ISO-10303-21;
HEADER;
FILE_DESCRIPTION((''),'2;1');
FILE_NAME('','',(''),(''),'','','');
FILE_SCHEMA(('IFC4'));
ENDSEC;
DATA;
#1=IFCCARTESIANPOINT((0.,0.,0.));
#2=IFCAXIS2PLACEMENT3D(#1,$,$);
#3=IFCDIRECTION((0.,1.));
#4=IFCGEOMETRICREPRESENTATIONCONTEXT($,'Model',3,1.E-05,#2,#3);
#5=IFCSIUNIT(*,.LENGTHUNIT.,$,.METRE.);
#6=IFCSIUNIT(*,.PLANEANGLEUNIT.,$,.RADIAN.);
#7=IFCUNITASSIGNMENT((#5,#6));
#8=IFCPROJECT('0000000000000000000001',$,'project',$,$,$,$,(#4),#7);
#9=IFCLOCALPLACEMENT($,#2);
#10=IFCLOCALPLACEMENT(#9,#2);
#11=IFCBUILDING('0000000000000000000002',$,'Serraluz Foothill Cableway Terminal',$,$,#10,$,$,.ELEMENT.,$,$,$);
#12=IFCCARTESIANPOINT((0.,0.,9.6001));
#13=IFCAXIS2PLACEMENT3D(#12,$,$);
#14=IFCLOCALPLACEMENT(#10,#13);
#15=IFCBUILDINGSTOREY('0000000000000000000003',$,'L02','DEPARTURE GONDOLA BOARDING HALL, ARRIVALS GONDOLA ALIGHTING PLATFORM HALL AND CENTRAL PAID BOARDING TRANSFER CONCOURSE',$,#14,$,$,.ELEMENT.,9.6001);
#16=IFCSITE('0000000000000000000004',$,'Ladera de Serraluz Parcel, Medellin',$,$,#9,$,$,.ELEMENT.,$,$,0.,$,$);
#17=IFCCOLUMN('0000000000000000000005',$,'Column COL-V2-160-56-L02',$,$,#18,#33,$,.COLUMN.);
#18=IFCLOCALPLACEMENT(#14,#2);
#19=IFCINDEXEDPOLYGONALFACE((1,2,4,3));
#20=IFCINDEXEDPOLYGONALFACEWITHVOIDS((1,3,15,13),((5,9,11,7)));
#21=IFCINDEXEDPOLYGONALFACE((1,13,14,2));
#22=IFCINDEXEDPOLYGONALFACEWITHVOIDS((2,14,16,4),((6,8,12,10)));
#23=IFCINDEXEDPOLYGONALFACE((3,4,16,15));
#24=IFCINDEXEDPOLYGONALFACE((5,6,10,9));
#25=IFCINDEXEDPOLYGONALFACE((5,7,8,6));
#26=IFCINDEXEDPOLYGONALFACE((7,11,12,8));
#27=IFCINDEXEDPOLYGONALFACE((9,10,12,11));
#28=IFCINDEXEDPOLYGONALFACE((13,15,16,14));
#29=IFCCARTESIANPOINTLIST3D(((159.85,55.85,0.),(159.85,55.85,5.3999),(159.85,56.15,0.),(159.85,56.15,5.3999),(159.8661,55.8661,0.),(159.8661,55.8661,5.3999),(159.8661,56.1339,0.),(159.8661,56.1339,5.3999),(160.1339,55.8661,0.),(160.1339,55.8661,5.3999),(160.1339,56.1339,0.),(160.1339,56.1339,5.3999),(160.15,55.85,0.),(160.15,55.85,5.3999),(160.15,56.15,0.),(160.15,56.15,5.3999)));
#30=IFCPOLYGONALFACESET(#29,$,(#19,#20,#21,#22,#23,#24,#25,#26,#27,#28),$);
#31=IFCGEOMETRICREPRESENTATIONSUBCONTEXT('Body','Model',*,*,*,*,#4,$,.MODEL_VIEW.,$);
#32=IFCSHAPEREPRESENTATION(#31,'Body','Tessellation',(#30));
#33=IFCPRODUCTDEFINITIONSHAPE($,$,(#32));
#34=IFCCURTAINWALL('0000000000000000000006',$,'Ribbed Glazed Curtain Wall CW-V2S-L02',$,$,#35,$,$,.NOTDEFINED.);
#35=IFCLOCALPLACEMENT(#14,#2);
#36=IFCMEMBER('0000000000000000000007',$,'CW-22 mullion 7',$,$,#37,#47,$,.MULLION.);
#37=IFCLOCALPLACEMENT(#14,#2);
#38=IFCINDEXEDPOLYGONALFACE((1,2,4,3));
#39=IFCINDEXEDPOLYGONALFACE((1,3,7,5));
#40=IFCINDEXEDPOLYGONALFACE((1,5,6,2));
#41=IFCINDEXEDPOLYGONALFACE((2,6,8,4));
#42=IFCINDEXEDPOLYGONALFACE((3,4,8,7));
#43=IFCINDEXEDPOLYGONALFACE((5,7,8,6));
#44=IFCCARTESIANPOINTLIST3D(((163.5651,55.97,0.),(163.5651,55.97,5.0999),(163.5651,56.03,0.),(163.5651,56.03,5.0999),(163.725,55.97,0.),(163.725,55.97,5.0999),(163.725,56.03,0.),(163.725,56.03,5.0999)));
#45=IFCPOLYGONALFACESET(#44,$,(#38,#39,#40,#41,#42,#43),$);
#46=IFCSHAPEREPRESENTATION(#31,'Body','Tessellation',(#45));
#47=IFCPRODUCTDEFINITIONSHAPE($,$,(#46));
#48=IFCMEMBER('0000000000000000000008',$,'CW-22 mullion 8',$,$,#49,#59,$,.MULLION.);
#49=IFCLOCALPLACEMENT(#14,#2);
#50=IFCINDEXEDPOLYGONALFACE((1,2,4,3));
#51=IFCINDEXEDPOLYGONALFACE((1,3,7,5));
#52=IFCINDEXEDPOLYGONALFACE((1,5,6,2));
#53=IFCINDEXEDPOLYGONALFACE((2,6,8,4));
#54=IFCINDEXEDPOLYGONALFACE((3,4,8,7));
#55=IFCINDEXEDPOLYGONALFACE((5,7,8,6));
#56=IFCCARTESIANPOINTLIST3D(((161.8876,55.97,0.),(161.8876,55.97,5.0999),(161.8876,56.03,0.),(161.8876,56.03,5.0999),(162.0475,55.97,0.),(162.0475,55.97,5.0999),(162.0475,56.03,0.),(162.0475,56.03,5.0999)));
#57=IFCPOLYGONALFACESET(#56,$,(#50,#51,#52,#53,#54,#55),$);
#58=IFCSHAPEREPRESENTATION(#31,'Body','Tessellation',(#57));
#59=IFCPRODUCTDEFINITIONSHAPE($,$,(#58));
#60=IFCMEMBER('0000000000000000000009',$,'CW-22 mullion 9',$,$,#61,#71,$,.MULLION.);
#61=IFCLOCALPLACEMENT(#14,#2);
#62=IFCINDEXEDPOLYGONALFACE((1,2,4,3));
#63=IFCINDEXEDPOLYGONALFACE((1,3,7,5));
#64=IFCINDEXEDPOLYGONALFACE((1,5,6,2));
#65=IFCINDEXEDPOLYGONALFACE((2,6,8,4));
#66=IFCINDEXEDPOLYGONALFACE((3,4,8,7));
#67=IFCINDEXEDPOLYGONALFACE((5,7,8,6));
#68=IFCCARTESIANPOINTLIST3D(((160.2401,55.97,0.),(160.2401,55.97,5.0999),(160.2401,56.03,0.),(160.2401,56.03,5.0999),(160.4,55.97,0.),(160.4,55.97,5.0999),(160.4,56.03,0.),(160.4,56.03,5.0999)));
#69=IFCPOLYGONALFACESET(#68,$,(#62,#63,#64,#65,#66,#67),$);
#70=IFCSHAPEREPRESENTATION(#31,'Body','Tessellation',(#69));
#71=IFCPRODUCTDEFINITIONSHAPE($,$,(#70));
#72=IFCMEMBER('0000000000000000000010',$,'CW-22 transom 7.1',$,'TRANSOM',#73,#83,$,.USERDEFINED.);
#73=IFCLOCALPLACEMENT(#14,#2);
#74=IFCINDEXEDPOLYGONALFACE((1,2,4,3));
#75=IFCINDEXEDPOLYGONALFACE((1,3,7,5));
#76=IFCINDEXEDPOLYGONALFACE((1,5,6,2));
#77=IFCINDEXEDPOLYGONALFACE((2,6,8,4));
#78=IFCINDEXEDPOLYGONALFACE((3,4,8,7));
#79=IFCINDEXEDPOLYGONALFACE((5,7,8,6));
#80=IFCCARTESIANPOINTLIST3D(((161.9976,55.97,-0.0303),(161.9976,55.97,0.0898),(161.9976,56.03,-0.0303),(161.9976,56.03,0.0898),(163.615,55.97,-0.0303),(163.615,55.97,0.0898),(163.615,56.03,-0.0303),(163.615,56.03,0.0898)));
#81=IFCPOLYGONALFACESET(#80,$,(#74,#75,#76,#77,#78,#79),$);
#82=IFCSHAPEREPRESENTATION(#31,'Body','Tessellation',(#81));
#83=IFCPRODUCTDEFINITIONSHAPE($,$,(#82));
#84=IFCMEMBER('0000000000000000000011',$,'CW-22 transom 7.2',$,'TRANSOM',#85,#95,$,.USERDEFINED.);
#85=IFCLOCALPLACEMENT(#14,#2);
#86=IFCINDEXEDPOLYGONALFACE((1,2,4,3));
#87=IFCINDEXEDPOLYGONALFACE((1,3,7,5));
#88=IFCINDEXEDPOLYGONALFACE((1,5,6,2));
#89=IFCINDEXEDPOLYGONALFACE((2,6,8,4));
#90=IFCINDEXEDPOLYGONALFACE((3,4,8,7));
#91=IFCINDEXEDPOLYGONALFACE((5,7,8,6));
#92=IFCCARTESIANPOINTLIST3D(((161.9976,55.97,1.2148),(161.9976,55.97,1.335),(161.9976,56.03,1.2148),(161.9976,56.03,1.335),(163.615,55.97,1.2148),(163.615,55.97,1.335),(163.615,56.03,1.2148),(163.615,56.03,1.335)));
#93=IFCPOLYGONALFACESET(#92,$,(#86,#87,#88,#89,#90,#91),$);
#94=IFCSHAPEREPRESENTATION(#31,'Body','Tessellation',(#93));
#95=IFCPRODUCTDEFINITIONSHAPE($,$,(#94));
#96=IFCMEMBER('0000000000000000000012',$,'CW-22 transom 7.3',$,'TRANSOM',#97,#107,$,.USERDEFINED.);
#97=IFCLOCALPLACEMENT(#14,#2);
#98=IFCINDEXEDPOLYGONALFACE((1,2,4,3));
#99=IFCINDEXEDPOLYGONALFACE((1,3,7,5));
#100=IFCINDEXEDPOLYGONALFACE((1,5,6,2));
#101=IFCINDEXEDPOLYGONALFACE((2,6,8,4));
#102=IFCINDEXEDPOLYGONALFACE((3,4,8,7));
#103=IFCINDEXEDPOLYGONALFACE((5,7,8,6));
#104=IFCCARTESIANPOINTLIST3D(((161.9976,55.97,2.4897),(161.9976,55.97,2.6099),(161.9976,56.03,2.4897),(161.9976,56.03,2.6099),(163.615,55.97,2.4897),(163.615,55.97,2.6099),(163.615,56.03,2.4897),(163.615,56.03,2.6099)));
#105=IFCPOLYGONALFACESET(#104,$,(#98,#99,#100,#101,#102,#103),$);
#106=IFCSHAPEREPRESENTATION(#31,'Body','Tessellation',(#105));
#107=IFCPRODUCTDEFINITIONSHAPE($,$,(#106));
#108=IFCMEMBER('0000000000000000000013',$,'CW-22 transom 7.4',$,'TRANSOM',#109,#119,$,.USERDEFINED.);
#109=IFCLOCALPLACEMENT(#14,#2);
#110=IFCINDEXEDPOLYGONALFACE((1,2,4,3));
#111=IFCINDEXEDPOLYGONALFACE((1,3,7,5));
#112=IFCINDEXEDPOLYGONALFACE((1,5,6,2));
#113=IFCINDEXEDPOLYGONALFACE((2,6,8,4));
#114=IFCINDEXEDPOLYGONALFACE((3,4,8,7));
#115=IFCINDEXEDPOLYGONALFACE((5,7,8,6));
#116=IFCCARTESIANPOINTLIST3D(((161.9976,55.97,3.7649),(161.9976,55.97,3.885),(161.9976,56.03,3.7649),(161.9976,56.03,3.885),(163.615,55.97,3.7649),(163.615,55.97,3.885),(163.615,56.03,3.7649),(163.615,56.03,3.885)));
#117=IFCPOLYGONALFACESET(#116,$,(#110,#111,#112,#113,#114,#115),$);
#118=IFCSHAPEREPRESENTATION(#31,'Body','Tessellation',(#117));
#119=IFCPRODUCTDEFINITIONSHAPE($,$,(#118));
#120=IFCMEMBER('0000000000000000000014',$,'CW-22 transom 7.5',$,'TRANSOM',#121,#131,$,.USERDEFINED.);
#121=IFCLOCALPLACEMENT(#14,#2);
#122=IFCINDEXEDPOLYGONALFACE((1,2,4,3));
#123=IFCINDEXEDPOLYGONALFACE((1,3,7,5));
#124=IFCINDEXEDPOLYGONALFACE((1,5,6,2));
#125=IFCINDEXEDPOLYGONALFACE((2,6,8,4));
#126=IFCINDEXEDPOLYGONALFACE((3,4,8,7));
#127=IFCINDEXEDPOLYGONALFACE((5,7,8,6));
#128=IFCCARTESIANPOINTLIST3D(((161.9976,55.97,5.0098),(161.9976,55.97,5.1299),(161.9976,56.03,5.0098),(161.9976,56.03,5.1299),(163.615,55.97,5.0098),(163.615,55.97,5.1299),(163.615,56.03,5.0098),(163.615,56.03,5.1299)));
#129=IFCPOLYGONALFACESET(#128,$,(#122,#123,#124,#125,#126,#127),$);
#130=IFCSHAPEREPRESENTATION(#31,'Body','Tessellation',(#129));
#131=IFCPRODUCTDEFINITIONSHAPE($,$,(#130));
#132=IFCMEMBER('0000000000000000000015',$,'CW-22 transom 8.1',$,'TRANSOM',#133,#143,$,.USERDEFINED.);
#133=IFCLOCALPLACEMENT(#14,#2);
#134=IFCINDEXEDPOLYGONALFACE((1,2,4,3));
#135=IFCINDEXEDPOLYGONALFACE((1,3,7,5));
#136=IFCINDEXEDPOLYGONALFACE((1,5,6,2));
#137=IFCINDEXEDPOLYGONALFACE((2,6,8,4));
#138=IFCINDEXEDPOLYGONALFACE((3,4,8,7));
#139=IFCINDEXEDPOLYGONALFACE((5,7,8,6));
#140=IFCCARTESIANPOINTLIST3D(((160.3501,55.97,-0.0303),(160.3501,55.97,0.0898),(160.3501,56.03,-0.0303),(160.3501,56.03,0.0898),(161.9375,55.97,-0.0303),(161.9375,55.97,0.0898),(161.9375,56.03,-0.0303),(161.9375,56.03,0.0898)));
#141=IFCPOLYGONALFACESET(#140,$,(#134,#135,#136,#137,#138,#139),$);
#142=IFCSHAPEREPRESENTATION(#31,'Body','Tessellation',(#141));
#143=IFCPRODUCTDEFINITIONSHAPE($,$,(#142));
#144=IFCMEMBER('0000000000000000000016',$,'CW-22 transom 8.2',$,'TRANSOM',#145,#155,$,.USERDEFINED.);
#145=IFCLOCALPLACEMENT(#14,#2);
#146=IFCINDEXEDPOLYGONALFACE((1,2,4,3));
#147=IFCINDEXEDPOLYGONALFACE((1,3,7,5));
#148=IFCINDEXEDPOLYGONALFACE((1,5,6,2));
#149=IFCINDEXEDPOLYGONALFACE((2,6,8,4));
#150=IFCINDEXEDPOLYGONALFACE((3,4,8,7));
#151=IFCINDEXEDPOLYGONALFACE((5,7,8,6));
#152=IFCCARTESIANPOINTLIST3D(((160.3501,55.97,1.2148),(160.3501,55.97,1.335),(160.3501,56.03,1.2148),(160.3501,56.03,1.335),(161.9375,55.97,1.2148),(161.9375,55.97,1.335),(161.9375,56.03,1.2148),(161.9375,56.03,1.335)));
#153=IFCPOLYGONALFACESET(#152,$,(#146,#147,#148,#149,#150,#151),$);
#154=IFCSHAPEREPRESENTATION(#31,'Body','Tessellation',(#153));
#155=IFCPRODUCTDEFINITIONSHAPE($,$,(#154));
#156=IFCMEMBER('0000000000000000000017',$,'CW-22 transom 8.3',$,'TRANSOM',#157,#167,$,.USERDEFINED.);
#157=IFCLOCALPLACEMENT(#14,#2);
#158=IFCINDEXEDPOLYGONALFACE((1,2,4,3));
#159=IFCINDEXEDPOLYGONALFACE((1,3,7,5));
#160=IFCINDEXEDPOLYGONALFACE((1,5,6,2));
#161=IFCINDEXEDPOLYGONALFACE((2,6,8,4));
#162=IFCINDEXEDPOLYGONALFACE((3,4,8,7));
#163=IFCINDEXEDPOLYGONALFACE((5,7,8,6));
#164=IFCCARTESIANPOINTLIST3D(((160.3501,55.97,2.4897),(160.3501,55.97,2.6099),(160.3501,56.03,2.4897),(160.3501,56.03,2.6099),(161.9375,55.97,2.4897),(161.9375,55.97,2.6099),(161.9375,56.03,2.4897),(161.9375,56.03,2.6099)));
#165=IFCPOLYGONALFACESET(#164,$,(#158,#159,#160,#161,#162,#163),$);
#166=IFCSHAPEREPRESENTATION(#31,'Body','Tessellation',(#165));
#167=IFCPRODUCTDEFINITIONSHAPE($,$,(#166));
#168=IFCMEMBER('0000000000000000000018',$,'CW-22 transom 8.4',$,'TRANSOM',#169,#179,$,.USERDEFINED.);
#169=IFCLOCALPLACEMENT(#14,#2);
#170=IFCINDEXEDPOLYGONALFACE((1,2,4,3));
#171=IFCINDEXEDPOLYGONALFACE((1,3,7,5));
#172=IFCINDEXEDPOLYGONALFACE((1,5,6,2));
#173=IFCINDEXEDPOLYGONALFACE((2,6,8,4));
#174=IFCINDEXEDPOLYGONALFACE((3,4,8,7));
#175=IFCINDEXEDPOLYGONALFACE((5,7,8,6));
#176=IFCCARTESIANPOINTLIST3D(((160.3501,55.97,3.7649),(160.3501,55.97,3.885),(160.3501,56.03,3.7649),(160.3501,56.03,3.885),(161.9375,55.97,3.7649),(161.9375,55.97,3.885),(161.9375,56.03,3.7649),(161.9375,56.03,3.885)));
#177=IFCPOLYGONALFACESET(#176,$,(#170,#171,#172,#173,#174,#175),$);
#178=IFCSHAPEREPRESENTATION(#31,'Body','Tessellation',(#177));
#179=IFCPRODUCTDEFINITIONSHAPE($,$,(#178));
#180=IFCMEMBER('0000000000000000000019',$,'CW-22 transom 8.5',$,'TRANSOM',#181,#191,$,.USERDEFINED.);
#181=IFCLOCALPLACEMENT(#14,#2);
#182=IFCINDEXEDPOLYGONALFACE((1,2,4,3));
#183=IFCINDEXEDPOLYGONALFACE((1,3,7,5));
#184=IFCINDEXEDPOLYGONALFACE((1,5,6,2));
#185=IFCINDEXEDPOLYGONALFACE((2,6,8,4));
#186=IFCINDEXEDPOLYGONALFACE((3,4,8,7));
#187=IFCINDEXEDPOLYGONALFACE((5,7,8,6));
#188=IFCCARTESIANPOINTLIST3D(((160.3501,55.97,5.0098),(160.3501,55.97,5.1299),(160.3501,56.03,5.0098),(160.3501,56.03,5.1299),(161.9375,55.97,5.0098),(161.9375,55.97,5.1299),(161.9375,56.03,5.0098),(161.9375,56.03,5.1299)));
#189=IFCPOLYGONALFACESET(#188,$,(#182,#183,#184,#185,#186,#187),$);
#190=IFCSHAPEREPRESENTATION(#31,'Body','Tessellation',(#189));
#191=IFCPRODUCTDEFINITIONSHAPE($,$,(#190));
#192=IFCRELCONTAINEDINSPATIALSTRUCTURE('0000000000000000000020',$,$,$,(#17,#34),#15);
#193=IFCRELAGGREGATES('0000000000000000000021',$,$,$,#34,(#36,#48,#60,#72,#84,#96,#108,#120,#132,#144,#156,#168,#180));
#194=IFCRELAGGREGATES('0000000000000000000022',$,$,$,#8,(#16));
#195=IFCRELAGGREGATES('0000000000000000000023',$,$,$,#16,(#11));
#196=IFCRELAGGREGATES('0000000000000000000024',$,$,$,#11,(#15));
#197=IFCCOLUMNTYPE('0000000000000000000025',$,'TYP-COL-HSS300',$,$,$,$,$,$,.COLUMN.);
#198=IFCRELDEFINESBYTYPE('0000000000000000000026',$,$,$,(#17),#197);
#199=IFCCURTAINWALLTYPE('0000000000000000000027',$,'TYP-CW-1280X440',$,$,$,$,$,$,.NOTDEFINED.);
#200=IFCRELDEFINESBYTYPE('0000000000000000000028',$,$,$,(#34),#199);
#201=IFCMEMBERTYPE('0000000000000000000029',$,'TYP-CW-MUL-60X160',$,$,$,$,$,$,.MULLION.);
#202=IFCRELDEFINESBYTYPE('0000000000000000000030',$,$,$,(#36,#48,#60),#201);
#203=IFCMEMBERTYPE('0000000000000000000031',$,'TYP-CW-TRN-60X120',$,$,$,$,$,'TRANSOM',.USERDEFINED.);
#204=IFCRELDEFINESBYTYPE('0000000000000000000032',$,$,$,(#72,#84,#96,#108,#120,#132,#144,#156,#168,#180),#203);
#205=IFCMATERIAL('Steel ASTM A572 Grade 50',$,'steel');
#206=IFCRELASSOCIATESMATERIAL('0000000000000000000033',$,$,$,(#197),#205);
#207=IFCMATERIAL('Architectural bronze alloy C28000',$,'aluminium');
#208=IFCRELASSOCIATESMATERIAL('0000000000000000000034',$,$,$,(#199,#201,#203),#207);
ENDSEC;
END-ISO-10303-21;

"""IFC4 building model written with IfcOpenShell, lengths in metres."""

from ifc_helpers import new_model, si_unit, direction, frame, origin, origin_2d, place, context, subcontext, project, spatial, rectangle, hollow_rectangle, extrude, material, material_profile, profile_set, type_object, element, aggregate, save


model = new_model("IFC4")

# Units and contexts
model_context = context("Model", 3, precision=1e-05, world=origin(), true_north=direction((0.0, 1.0)))
body_context = subcontext(model_context, "Body", "Model", "MODEL_VIEW")
ifc_project = project(units=[si_unit("LENGTHUNIT", "METRE"), si_unit("PLANEANGLEUNIT", "RADIAN")], contexts=[model_context])

# Site, building, storey
site_placement = place(None, origin())
site = spatial("IfcSite", under=ifc_project, at=site_placement, Name="Ladera de Serraluz Parcel, Medellin", CompositionType="ELEMENT", RefElevation=0.0)
building_placement = place(site_placement, origin())
building = spatial("IfcBuilding", under=site, at=building_placement, Name="Serraluz Foothill Cableway Terminal", CompositionType="ELEMENT")
storey_placement = place(building_placement, frame((0.0, 0.0, 9.6001)))
storey = spatial("IfcBuildingStorey", under=building, at=storey_placement, Name="L02", Description="DEPARTURE GONDOLA BOARDING HALL, ARRIVALS GONDOLA ALIGHTING PLATFORM HALL AND CENTRAL PAID BOARDING TRANSFER CONCOURSE", CompositionType="ELEMENT", Elevation=9.6001)

# Column
ifc_material_1 = material(Name="Steel ASTM A572 Grade 50", Category="steel")
ifc_material_profile_1 = material_profile(ifc_material_1, hollow_rectangle(XDim=0.3, YDim=0.3, WallThickness=0.0161, at=origin_2d()), Name="HSS300X300X16")
ifc_profile_set_1 = profile_set([ifc_material_profile_1], Name="Steel ASTM A572 Grade 50")
column_type = type_object("IfcColumnType", Name="TYP-COL-HSS300", PredefinedType="COLUMN", material=ifc_profile_set_1)
column_placement = place(storey_placement, frame((160.0, 56.0, 0.0), z_axis=(0.0, 0.0, 1.0), x_axis=(1.0, 0.0, 0.0)))
element("IfcColumn", 1, at=column_placement, inside=storey, type_object=column_type, Name="Column COL-V2-160-56-L02", PredefinedType="COLUMN", context=body_context, shape_type="SweptSolid", body=[
    extrude(hollow_rectangle(XDim=0.3, YDim=0.3, WallThickness=0.0161, at=origin_2d()), origin(), (0.0, 0.0, 1.0), 5.3999),
])

# Curtain wall, members
ifc_material_2 = material(Name="Architectural bronze alloy C28000", Category="aluminium")
curtain_wall_type = type_object("IfcCurtainWallType", Name="TYP-CW-1280X440", PredefinedType="NOTDEFINED", material=ifc_material_2)
curtain_wall_placement = place(storey_placement, origin())
curtain_wall = element("IfcCurtainWall", 2, at=curtain_wall_placement, inside=storey, type_object=curtain_wall_type, Name="Ribbed Glazed Curtain Wall CW-V2S-L02", PredefinedType="NOTDEFINED")
ifc_material_profile_2 = material_profile(ifc_material_2, rectangle(XDim=0.0601, YDim=0.1599, at=origin_2d()), Name="ALU MULLION 60x160")
ifc_profile_set_2 = profile_set([ifc_material_profile_2], Name="Architectural bronze alloy C28000")
member_type_1 = type_object("IfcMemberType", Name="TYP-CW-MUL-60X160", PredefinedType="MULLION", material=ifc_profile_set_2)
member_1_placement = place(storey_placement, frame((163.645, 56.0, 0.0), z_axis=(0.0, 0.0, 1.0), x_axis=(0.0, -1.0, 0.0)))
member_1 = element("IfcMember", 3, at=member_1_placement, type_object=member_type_1, Name="CW-22 mullion 7", PredefinedType="MULLION", context=body_context, shape_type="SweptSolid", body=[
    extrude(rectangle(XDim=0.0601, YDim=0.1599, at=origin_2d()), origin(), (0.0, 0.0, 1.0), 5.0999),
])
member_2_placement = place(storey_placement, frame((161.9675, 56.0, 0.0), z_axis=(0.0, 0.0, 1.0), x_axis=(0.0, -1.0, 0.0)))
member_2 = element("IfcMember", 4, at=member_2_placement, type_object=member_type_1, Name="CW-22 mullion 8", PredefinedType="MULLION", context=body_context, shape_type="SweptSolid", body=[
    extrude(rectangle(XDim=0.0601, YDim=0.1599, at=origin_2d()), origin(), (0.0, 0.0, 1.0), 5.0999),
])
member_3_placement = place(storey_placement, frame((160.3201, 56.0, 0.0), z_axis=(0.0, 0.0, 1.0), x_axis=(0.0, -1.0, 0.0)))
member_3 = element("IfcMember", 5, at=member_3_placement, type_object=member_type_1, Name="CW-22 mullion 9", PredefinedType="MULLION", context=body_context, shape_type="SweptSolid", body=[
    extrude(rectangle(XDim=0.0601, YDim=0.1599, at=origin_2d()), origin(), (0.0, 0.0, 1.0), 5.0999),
])
ifc_material_profile_3 = material_profile(ifc_material_2, rectangle(XDim=0.0601, YDim=0.1201, at=origin_2d()), Name="ALU TRANSOM 60x120")
ifc_profile_set_3 = profile_set([ifc_material_profile_3], Name="Architectural bronze alloy C28000")
member_type_2 = type_object("IfcMemberType", Name="TYP-CW-TRN-60X120", ElementType="TRANSOM", PredefinedType="USERDEFINED", material=ifc_profile_set_3)
member_4_placement = place(storey_placement, frame((163.615, 56.0, 0.0298), z_axis=(-1.0, 0.0, 0.0), x_axis=(0.0, -1.0, 0.0)))
member_4 = element("IfcMember", 6, at=member_4_placement, type_object=member_type_2, Name="CW-22 transom 7.1", ObjectType="TRANSOM", PredefinedType="USERDEFINED", context=body_context, shape_type="SweptSolid", body=[
    extrude(rectangle(XDim=0.0601, YDim=0.1201, at=origin_2d()), origin(), (0.0, 0.0, 1.0), 1.6174),
])
member_5_placement = place(storey_placement, frame((163.615, 56.0, 1.2749), z_axis=(-1.0, 0.0, 0.0), x_axis=(0.0, -1.0, 0.0)))
member_5 = element("IfcMember", 7, at=member_5_placement, type_object=member_type_2, Name="CW-22 transom 7.2", ObjectType="TRANSOM", PredefinedType="USERDEFINED", context=body_context, shape_type="SweptSolid", body=[
    extrude(rectangle(XDim=0.0601, YDim=0.1201, at=origin_2d()), origin(), (0.0, 0.0, 1.0), 1.6174),
])
member_6_placement = place(storey_placement, frame((163.615, 56.0, 2.5498), z_axis=(-1.0, 0.0, 0.0), x_axis=(0.0, -1.0, 0.0)))
member_6 = element("IfcMember", 8, at=member_6_placement, type_object=member_type_2, Name="CW-22 transom 7.3", ObjectType="TRANSOM", PredefinedType="USERDEFINED", context=body_context, shape_type="SweptSolid", body=[
    extrude(rectangle(XDim=0.0601, YDim=0.1201, at=origin_2d()), origin(), (0.0, 0.0, 1.0), 1.6174),
])
member_7_placement = place(storey_placement, frame((163.615, 56.0, 3.825), z_axis=(-1.0, 0.0, 0.0), x_axis=(0.0, -1.0, 0.0)))
member_7 = element("IfcMember", 9, at=member_7_placement, type_object=member_type_2, Name="CW-22 transom 7.4", ObjectType="TRANSOM", PredefinedType="USERDEFINED", context=body_context, shape_type="SweptSolid", body=[
    extrude(rectangle(XDim=0.0601, YDim=0.1201, at=origin_2d()), origin(), (0.0, 0.0, 1.0), 1.6174),
])
member_8_placement = place(storey_placement, frame((163.615, 56.0, 5.0698), z_axis=(-1.0, 0.0, 0.0), x_axis=(0.0, -1.0, 0.0)))
member_8 = element("IfcMember", 10, at=member_8_placement, type_object=member_type_2, Name="CW-22 transom 7.5", ObjectType="TRANSOM", PredefinedType="USERDEFINED", context=body_context, shape_type="SweptSolid", body=[
    extrude(rectangle(XDim=0.0601, YDim=0.1201, at=origin_2d()), origin(), (0.0, 0.0, 1.0), 1.6174),
])
member_9_placement = place(storey_placement, frame((161.9375, 56.0, 0.0298), z_axis=(-1.0, 0.0, 0.0), x_axis=(0.0, -1.0, 0.0)))
member_9 = element("IfcMember", 11, at=member_9_placement, type_object=member_type_2, Name="CW-22 transom 8.1", ObjectType="TRANSOM", PredefinedType="USERDEFINED", context=body_context, shape_type="SweptSolid", body=[
    extrude(rectangle(XDim=0.0601, YDim=0.1201, at=origin_2d()), origin(), (0.0, 0.0, 1.0), 1.5874),
])
member_10_placement = place(storey_placement, frame((161.9375, 56.0, 1.2749), z_axis=(-1.0, 0.0, 0.0), x_axis=(0.0, -1.0, 0.0)))
member_10 = element("IfcMember", 12, at=member_10_placement, type_object=member_type_2, Name="CW-22 transom 8.2", ObjectType="TRANSOM", PredefinedType="USERDEFINED", context=body_context, shape_type="SweptSolid", body=[
    extrude(rectangle(XDim=0.0601, YDim=0.1201, at=origin_2d()), origin(), (0.0, 0.0, 1.0), 1.5874),
])
member_11_placement = place(storey_placement, frame((161.9375, 56.0, 2.5498), z_axis=(-1.0, 0.0, 0.0), x_axis=(0.0, -1.0, 0.0)))
member_11 = element("IfcMember", 13, at=member_11_placement, type_object=member_type_2, Name="CW-22 transom 8.3", ObjectType="TRANSOM", PredefinedType="USERDEFINED", context=body_context, shape_type="SweptSolid", body=[
    extrude(rectangle(XDim=0.0601, YDim=0.1201, at=origin_2d()), origin(), (0.0, 0.0, 1.0), 1.5874),
])
member_12_placement = place(storey_placement, frame((161.9375, 56.0, 3.825), z_axis=(-1.0, 0.0, 0.0), x_axis=(0.0, -1.0, 0.0)))
member_12 = element("IfcMember", 14, at=member_12_placement, type_object=member_type_2, Name="CW-22 transom 8.4", ObjectType="TRANSOM", PredefinedType="USERDEFINED", context=body_context, shape_type="SweptSolid", body=[
    extrude(rectangle(XDim=0.0601, YDim=0.1201, at=origin_2d()), origin(), (0.0, 0.0, 1.0), 1.5874),
])
member_13_placement = place(storey_placement, frame((161.9375, 56.0, 5.0698), z_axis=(-1.0, 0.0, 0.0), x_axis=(0.0, -1.0, 0.0)))
member_13 = element("IfcMember", 15, at=member_13_placement, type_object=member_type_2, Name="CW-22 transom 8.5", ObjectType="TRANSOM", PredefinedType="USERDEFINED", context=body_context, shape_type="SweptSolid", body=[
    extrude(rectangle(XDim=0.0601, YDim=0.1201, at=origin_2d()), origin(), (0.0, 0.0, 1.0), 1.5874),
])
aggregate(curtain_wall, [member_1, member_2, member_3, member_4, member_5, member_6, member_7, member_8, member_9, member_10, member_11, member_12, member_13])

save(model, "model.ifc")
